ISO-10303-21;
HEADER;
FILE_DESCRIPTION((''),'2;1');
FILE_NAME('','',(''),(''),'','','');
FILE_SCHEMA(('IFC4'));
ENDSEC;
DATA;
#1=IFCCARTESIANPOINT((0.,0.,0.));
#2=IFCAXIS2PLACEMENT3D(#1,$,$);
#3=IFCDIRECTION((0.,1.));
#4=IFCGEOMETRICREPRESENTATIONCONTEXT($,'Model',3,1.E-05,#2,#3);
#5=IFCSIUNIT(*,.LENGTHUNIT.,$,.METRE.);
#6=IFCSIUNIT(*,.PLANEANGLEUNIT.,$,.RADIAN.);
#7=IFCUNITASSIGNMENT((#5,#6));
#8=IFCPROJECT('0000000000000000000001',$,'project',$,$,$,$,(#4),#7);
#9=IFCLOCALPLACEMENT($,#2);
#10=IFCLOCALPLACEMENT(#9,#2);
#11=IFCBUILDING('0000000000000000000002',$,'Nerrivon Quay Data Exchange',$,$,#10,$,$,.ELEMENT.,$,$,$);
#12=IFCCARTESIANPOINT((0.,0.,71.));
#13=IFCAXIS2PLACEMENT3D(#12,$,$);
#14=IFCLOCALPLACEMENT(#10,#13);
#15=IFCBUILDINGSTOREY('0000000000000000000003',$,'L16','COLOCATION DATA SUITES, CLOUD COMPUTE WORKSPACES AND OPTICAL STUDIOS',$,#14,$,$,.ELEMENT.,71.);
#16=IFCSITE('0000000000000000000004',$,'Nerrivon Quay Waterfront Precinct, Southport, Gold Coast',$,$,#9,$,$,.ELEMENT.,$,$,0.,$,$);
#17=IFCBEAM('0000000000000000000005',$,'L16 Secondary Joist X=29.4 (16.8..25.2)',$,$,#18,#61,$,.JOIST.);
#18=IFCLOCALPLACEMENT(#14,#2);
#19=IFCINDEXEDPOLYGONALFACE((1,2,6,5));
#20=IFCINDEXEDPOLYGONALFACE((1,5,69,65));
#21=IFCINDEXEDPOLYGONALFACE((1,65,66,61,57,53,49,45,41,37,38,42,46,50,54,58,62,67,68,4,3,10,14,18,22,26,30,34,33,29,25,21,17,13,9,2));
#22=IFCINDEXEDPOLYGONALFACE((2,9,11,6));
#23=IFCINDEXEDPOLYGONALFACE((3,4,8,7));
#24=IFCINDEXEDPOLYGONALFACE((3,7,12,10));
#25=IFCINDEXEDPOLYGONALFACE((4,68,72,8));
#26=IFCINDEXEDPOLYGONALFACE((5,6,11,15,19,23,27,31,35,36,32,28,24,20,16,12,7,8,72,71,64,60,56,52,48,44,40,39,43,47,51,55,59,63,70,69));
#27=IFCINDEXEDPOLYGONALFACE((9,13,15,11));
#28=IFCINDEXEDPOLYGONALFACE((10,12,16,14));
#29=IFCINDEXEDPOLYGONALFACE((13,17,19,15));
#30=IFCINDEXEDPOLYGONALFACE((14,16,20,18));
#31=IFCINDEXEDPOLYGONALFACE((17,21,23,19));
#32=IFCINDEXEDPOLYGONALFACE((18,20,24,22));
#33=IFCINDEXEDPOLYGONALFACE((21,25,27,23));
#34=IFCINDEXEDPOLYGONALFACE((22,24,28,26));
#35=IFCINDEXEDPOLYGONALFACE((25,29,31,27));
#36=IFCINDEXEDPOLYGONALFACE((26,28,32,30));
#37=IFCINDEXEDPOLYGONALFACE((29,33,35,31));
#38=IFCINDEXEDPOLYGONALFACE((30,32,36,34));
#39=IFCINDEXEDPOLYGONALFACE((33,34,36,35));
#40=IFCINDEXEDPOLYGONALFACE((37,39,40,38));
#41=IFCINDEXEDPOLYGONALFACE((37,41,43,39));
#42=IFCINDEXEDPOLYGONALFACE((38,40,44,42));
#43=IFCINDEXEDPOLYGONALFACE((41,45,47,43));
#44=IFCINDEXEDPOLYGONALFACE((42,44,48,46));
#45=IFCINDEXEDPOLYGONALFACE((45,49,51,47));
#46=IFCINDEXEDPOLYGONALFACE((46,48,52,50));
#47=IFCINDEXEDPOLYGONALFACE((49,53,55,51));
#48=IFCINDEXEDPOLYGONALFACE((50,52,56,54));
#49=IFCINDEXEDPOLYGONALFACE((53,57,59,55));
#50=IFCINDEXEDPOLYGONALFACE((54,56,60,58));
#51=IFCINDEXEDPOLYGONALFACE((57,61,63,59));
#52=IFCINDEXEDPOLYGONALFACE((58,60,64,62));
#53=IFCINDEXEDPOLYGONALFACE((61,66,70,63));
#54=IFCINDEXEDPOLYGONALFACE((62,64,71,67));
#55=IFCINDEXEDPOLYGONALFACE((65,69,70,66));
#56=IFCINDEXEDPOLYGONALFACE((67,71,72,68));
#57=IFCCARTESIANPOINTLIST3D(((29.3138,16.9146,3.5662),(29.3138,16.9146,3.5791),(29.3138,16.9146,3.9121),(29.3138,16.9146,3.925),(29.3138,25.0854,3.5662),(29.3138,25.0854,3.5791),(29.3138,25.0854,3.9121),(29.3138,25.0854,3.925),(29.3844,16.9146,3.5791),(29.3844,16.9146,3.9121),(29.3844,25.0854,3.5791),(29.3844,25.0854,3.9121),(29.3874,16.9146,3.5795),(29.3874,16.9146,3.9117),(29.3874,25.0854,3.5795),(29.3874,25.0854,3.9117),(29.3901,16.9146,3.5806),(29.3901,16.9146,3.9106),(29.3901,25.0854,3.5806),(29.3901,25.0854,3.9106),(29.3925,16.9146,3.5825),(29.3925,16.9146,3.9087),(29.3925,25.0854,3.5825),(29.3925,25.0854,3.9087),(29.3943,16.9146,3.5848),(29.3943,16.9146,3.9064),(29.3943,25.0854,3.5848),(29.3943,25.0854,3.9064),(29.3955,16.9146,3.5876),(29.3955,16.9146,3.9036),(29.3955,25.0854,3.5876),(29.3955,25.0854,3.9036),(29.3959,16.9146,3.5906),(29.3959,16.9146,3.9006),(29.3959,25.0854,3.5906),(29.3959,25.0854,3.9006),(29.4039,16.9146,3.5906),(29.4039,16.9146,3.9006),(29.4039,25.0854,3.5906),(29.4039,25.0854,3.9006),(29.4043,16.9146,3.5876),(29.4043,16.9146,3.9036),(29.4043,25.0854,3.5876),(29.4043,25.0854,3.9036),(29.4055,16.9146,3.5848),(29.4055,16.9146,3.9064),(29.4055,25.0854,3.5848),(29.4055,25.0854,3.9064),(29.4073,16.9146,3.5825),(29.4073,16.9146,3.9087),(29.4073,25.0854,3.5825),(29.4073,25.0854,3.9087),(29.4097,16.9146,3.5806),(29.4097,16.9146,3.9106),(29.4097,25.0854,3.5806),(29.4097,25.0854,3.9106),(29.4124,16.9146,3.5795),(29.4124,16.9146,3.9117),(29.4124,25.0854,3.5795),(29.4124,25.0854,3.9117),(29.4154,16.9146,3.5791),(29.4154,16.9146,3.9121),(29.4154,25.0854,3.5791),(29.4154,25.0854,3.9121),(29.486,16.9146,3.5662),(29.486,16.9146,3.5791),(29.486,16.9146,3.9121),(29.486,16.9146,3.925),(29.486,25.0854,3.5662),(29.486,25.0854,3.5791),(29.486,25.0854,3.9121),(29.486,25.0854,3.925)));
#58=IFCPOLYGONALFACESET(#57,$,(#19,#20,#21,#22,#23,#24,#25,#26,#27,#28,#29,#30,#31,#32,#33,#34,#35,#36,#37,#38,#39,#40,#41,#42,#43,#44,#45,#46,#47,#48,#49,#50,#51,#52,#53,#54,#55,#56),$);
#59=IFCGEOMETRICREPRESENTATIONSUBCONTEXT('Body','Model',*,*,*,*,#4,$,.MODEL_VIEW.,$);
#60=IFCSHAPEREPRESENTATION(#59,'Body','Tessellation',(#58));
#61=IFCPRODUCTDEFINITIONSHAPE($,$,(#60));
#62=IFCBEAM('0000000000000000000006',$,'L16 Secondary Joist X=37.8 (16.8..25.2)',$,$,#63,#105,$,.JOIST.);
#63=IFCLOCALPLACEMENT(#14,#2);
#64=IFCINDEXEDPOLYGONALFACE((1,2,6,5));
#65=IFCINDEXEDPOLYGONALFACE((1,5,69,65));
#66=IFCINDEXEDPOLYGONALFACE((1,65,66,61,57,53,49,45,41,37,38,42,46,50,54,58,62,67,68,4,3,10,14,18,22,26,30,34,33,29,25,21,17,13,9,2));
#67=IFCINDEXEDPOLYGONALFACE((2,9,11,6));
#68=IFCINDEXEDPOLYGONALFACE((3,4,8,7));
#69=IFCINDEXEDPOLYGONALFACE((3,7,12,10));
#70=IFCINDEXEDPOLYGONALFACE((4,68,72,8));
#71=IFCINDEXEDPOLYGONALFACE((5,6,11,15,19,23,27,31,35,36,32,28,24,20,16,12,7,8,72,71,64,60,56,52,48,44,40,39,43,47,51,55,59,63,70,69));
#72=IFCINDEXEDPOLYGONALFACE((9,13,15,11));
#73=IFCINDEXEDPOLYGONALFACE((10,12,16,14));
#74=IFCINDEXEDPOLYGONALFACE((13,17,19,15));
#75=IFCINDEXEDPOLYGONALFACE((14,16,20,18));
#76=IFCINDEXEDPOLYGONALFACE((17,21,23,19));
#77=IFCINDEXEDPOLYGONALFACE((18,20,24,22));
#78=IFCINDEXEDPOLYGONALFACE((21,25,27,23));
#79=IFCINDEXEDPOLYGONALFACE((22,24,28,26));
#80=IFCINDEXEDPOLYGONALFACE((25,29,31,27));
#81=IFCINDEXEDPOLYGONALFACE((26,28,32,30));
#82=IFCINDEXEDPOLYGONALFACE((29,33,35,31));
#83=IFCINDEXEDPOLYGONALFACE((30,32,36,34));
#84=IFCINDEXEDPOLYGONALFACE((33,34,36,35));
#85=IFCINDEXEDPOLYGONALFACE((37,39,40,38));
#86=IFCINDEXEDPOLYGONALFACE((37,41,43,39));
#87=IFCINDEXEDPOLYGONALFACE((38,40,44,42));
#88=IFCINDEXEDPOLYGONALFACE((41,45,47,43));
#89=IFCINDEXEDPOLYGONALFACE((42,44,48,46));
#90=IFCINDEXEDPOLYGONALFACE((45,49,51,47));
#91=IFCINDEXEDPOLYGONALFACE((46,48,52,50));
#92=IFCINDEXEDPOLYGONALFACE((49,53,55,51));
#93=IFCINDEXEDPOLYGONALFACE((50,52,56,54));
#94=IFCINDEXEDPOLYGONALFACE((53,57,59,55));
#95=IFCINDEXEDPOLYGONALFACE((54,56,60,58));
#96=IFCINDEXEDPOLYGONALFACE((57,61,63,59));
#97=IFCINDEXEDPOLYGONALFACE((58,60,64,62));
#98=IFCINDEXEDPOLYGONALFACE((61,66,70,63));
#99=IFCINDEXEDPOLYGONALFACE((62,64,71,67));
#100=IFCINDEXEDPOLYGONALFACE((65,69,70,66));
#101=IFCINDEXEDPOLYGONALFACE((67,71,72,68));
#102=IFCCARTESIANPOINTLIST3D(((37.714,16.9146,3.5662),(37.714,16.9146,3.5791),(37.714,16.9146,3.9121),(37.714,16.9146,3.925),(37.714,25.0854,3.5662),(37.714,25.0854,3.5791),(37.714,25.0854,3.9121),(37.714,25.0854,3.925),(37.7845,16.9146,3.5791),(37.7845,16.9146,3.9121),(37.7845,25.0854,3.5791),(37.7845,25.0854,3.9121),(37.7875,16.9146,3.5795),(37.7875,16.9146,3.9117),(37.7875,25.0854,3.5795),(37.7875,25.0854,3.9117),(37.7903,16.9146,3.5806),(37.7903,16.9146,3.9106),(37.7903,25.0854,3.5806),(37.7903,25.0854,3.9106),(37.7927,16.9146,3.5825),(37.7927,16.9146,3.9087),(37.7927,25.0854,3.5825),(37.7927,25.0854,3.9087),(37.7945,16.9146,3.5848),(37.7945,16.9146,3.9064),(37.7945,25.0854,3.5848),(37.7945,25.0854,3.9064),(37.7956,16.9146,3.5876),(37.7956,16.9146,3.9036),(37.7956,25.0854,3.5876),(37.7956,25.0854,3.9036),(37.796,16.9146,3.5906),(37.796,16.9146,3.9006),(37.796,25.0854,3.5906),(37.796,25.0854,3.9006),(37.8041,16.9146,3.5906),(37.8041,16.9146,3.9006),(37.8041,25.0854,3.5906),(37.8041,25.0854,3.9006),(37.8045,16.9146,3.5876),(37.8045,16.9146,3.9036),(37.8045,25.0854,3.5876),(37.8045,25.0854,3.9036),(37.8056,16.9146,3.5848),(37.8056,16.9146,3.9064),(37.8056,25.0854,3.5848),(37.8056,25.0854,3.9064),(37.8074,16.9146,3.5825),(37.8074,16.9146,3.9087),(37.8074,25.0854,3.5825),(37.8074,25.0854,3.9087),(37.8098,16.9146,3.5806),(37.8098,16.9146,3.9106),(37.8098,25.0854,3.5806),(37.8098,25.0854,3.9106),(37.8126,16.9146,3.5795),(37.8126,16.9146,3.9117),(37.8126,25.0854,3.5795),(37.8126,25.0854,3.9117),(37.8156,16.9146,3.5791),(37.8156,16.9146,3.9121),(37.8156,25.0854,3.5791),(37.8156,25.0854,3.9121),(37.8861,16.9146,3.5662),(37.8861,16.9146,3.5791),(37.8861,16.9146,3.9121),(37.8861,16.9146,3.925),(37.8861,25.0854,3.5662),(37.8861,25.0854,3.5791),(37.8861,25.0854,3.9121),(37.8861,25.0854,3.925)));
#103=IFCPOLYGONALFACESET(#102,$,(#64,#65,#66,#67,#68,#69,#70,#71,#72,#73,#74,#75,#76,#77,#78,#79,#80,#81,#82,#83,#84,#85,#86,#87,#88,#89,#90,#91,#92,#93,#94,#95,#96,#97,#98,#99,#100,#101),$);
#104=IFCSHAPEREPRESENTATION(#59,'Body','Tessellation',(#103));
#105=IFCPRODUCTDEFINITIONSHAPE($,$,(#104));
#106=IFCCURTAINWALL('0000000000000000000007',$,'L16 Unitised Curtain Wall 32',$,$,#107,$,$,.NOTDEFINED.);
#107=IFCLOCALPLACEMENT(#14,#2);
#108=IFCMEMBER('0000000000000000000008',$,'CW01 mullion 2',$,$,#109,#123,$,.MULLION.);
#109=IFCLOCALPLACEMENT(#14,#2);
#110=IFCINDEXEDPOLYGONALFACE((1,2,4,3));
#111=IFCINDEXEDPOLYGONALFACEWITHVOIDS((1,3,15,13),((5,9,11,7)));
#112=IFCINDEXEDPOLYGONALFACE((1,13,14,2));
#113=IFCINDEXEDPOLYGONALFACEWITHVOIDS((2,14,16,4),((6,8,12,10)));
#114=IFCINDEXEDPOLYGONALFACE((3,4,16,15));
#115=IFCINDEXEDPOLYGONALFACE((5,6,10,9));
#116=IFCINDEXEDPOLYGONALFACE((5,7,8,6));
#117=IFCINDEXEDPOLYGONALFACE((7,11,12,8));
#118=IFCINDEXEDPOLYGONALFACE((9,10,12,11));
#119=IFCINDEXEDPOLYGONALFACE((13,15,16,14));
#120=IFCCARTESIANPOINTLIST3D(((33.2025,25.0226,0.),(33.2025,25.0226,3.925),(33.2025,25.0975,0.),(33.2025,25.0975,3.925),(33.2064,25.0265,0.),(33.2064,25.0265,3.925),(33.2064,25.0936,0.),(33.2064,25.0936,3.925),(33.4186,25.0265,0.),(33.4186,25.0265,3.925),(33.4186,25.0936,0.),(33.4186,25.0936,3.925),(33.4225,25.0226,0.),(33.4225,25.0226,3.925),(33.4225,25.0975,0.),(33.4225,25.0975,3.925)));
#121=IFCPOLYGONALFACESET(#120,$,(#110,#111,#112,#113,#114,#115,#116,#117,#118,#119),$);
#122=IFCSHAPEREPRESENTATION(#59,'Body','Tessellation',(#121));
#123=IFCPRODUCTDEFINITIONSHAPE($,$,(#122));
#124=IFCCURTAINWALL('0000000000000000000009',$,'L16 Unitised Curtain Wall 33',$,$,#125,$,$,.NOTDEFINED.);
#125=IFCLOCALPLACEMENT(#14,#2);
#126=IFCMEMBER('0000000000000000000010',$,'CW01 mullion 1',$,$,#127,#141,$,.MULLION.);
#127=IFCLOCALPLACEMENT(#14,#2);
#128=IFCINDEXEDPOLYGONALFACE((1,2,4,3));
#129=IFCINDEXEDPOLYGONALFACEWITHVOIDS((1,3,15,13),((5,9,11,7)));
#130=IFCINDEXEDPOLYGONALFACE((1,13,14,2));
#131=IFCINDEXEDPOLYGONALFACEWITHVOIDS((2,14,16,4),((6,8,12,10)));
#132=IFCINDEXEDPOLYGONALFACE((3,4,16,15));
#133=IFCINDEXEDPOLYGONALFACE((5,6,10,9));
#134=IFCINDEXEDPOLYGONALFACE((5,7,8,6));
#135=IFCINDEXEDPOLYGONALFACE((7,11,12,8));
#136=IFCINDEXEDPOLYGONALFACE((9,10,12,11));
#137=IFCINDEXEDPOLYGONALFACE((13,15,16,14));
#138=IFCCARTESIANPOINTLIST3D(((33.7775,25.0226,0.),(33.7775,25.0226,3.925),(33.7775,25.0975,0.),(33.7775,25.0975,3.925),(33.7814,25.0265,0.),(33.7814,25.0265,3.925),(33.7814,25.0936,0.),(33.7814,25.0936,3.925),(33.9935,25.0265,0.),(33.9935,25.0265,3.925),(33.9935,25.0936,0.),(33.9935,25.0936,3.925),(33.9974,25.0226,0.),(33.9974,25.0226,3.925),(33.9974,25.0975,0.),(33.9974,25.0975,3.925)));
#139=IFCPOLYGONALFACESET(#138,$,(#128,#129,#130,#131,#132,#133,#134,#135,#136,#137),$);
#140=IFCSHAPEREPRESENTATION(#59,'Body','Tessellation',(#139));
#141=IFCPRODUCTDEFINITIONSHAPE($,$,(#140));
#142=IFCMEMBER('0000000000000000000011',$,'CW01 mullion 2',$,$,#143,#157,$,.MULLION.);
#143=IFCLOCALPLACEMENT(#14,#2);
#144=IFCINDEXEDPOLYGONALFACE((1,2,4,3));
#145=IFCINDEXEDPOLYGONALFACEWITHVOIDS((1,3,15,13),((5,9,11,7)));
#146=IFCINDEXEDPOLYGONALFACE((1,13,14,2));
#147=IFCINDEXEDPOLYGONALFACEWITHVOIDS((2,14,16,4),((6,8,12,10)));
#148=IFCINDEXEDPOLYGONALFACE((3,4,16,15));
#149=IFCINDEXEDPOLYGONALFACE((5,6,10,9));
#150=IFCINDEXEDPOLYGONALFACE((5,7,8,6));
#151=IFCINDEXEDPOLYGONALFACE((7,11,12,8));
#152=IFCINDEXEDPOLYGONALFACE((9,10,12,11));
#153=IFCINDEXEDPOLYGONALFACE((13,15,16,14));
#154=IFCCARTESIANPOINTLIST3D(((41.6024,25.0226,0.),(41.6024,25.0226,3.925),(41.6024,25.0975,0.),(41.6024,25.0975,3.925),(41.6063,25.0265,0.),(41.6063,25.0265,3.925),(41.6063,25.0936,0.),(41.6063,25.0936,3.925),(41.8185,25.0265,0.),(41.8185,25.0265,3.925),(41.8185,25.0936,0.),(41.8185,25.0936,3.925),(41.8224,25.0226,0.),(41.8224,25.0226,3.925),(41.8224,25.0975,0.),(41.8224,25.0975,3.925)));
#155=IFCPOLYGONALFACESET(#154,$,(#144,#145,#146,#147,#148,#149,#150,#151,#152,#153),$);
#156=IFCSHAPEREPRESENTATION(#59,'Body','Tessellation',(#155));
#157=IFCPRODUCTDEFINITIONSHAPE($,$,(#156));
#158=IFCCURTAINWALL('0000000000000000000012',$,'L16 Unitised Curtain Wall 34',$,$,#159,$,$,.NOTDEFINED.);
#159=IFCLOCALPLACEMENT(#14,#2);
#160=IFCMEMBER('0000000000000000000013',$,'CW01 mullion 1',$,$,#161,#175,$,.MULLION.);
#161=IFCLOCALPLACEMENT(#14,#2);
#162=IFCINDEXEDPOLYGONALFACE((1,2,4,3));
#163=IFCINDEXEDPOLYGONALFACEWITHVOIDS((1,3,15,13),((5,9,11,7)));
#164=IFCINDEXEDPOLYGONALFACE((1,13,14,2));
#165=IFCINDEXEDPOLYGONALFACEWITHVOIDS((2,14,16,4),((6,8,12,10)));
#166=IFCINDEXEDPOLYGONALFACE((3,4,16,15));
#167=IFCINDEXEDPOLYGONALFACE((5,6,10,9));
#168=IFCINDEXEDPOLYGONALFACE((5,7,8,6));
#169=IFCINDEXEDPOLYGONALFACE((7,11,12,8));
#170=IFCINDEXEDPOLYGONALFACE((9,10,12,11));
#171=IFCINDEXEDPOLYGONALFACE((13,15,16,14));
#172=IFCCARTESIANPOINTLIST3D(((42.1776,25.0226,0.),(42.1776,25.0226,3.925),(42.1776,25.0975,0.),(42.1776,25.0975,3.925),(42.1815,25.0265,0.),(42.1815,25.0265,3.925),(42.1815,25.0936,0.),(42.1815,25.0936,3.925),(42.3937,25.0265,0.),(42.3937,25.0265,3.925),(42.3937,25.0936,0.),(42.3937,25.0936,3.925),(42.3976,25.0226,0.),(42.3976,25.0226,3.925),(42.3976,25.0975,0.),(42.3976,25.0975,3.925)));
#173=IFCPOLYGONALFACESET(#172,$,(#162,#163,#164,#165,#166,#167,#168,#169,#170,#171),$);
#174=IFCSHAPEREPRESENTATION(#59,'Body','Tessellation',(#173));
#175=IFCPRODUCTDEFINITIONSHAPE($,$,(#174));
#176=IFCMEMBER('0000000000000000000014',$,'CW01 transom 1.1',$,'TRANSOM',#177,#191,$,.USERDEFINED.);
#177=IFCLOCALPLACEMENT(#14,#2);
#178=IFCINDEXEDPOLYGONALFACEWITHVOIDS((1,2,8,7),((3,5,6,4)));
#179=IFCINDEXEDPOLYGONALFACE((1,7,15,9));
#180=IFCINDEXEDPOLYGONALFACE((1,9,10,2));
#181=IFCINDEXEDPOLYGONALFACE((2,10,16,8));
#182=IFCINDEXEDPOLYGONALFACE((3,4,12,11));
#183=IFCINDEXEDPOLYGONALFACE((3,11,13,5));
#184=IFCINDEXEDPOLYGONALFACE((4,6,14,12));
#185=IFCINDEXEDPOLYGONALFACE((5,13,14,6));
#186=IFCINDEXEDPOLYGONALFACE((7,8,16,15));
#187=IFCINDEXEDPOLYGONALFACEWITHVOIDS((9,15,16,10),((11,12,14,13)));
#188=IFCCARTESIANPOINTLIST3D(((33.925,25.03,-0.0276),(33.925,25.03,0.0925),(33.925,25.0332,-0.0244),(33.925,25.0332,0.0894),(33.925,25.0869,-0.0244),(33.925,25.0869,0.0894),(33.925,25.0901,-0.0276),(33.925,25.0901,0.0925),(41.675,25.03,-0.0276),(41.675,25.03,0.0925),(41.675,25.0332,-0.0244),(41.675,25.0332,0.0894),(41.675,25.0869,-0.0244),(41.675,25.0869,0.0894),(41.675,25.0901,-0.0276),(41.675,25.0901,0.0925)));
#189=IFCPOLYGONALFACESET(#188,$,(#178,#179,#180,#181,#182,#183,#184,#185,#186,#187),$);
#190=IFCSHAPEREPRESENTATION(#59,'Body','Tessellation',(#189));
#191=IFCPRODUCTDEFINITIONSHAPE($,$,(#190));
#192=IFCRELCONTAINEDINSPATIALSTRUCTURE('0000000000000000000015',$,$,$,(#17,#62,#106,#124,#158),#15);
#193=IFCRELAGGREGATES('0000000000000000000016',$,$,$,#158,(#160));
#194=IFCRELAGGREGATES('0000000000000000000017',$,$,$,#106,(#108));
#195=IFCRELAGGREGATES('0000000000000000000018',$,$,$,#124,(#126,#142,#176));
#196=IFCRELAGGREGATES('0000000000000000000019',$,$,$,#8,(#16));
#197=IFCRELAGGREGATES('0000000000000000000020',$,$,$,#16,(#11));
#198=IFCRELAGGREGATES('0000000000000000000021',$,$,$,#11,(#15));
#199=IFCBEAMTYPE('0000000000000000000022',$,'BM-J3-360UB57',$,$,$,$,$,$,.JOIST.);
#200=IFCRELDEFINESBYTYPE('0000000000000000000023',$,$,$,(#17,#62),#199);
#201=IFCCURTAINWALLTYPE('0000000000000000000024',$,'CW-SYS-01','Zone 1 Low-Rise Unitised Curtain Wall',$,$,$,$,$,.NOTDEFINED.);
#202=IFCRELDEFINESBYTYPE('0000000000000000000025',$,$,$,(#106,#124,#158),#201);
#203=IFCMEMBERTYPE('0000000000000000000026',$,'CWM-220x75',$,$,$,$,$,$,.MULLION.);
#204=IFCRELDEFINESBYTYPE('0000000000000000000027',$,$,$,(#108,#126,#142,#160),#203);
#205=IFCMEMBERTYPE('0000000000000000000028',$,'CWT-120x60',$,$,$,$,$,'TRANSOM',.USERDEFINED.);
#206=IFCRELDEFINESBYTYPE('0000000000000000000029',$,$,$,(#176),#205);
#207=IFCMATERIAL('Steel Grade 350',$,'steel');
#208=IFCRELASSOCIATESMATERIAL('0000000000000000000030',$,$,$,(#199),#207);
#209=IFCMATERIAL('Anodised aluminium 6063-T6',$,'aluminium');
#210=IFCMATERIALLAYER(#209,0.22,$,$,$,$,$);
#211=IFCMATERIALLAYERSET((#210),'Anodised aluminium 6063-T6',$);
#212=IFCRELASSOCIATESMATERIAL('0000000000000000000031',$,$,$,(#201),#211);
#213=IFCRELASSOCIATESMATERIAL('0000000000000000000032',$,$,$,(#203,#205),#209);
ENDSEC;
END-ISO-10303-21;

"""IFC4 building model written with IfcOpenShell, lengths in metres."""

from ifc_helpers import new_model, si_unit, direction, frame, origin, origin_2d, place, context, subcontext, project, spatial, hollow_rectangle, i_section, extrude, material, layer, layer_set, material_profile, profile_set, type_object, element, aggregate, save


model = new_model("IFC4")

# Units and contexts
model_context = context("Model", 3, precision=1e-05, world=origin(), true_north=direction((0.0, 1.0)))
body_context = subcontext(model_context, "Body", "Model", "MODEL_VIEW")
ifc_project = project(units=[si_unit("LENGTHUNIT", "METRE"), si_unit("PLANEANGLEUNIT", "RADIAN")], contexts=[model_context])

# Site, building, storey
site_placement = place(None, origin())
site = spatial("IfcSite", under=ifc_project, at=site_placement, Name="Nerrivon Quay Waterfront Precinct, Southport, Gold Coast", CompositionType="ELEMENT", RefElevation=0.0)
building_placement = place(site_placement, origin())
building = spatial("IfcBuilding", under=site, at=building_placement, Name="Nerrivon Quay Data Exchange", CompositionType="ELEMENT")
storey_placement = place(building_placement, frame((0.0, 0.0, 71.0)))
storey = spatial("IfcBuildingStorey", under=building, at=storey_placement, Name="L16", Description="COLOCATION DATA SUITES, CLOUD COMPUTE WORKSPACES AND OPTICAL STUDIOS", CompositionType="ELEMENT", Elevation=71.0)

# Shared definitions
ifc_material_1 = material(Name="Steel Grade 350", Category="steel")

# Beams
ifc_material_profile_1 = material_profile(ifc_material_1, i_section(OverallWidth=0.1721, OverallDepth=0.3589, WebThickness=0.0081, FlangeThickness=0.0129, FilletRadius=0.0115, at=origin_2d()), Name="360UB56.7")
ifc_profile_set_1 = profile_set([ifc_material_profile_1], Name="Steel Grade 350")
beam_type_1 = type_object("IfcBeamType", Name="BM-J3-360UB57", PredefinedType="JOIST", material=ifc_profile_set_1)
for number, where, z_axis, x_axis, name in (
    (1, (29.3999, 16.9146, 3.7456), (0.0, 1.0, 0.0), (-1.0, 0.0, 0.0), "L16 Secondary Joist X=29.4 (16.8..25.2)"),
    (2, (37.8, 16.9146, 3.7456), (0.0, 1.0, 0.0), (-1.0, 0.0, 0.0), "L16 Secondary Joist X=37.8 (16.8..25.2)"),
):
    element("IfcBeam", number, at=place(storey_placement, frame(where, z_axis=z_axis, x_axis=x_axis)), inside=storey, type_object=beam_type_1, Name=name, PredefinedType="JOIST", context=body_context, shape_type="SweptSolid", body=[
        extrude(i_section(OverallWidth=0.1721, OverallDepth=0.3589, WebThickness=0.0081, FlangeThickness=0.0129, FilletRadius=0.0115, at=origin_2d()), origin(), (0.0, 0.0, 1.0), 8.1709),
    ])

# Curtain wall, member
ifc_material_2 = material(Name="Anodised aluminium 6063-T6", Category="aluminium")
ifc_layer_1 = layer(ifc_material_2, 0.22)
ifc_layer_set_1 = layer_set([ifc_layer_1], Name="Anodised aluminium 6063-T6")
curtain_wall_type = type_object("IfcCurtainWallType", Name="CW-SYS-01", Description="Zone 1 Low-Rise Unitised Curtain Wall", PredefinedType="NOTDEFINED", material=ifc_layer_set_1)
curtain_wall_1_placement = place(storey_placement, origin())
curtain_wall_1 = element("IfcCurtainWall", 3, at=curtain_wall_1_placement, inside=storey, type_object=curtain_wall_type, Name="L16 Unitised Curtain Wall 32", PredefinedType="NOTDEFINED")
ifc_material_profile_2 = material_profile(ifc_material_2, hollow_rectangle(XDim=0.075, YDim=0.22, WallThickness=0.0039, at=origin_2d()), Name="ALU-MULL-220x75")
ifc_profile_set_2 = profile_set([ifc_material_profile_2], Name="Anodised aluminium 6063-T6")
member_type_1 = type_object("IfcMemberType", Name="CWM-220x75", PredefinedType="MULLION", material=ifc_profile_set_2)
member_1_placement = place(storey_placement, frame((33.3125, 25.0601, 0.0), z_axis=(0.0, 0.0, 1.0), x_axis=(0.0, 1.0, 0.0)))
member_1 = element("IfcMember", 4, at=member_1_placement, type_object=member_type_1, Name="CW01 mullion 2", PredefinedType="MULLION", context=body_context, shape_type="SweptSolid", body=[
    extrude(hollow_rectangle(XDim=0.075, YDim=0.22, WallThickness=0.0039, at=origin_2d()), origin(), (0.0, 0.0, 1.0), 3.925),
])

# Curtain wall, members
curtain_wall_2_placement = place(storey_placement, origin())
curtain_wall_2 = element("IfcCurtainWall", 5, at=curtain_wall_2_placement, inside=storey, type_object=curtain_wall_type, Name="L16 Unitised Curtain Wall 33", PredefinedType="NOTDEFINED")
member_2_placement = place(storey_placement, frame((33.8875, 25.0601, 0.0), z_axis=(0.0, 0.0, 1.0), x_axis=(0.0, 1.0, 0.0)))
member_2 = element("IfcMember", 6, at=member_2_placement, type_object=member_type_1, Name="CW01 mullion 1", PredefinedType="MULLION", context=body_context, shape_type="SweptSolid", body=[
    extrude(hollow_rectangle(XDim=0.075, YDim=0.22, WallThickness=0.0039, at=origin_2d()), origin(), (0.0, 0.0, 1.0), 3.925),
])
member_3_placement = place(storey_placement, frame((41.7124, 25.0601, 0.0), z_axis=(0.0, 0.0, 1.0), x_axis=(0.0, 1.0, 0.0)))
member_3 = element("IfcMember", 7, at=member_3_placement, type_object=member_type_1, Name="CW01 mullion 2", PredefinedType="MULLION", context=body_context, shape_type="SweptSolid", body=[
    extrude(hollow_rectangle(XDim=0.075, YDim=0.22, WallThickness=0.0039, at=origin_2d()), origin(), (0.0, 0.0, 1.0), 3.925),
])

# Curtain wall, member
curtain_wall_3_placement = place(storey_placement, origin())
curtain_wall_3 = element("IfcCurtainWall", 8, at=curtain_wall_3_placement, inside=storey, type_object=curtain_wall_type, Name="L16 Unitised Curtain Wall 34", PredefinedType="NOTDEFINED")
member_4_placement = place(storey_placement, frame((42.2876, 25.0601, 0.0), z_axis=(0.0, 0.0, 1.0), x_axis=(0.0, 1.0, 0.0)))
member_4 = element("IfcMember", 9, at=member_4_placement, type_object=member_type_1, Name="CW01 mullion 1", PredefinedType="MULLION", context=body_context, shape_type="SweptSolid", body=[
    extrude(hollow_rectangle(XDim=0.075, YDim=0.22, WallThickness=0.0039, at=origin_2d()), origin(), (0.0, 0.0, 1.0), 3.925),
])

# Member
ifc_material_profile_3 = material_profile(ifc_material_2, hollow_rectangle(XDim=0.0601, YDim=0.1201, WallThickness=0.0032, at=origin_2d()), Name="ALU-TRAN-120x60")
ifc_profile_set_3 = profile_set([ifc_material_profile_3], Name="Anodised aluminium 6063-T6")
member_type_2 = type_object("IfcMemberType", Name="CWT-120x60", ElementType="TRANSOM", PredefinedType="USERDEFINED", material=ifc_profile_set_3)
member_5_placement = place(storey_placement, frame((33.925, 25.0601, 0.0325), z_axis=(1.0, 0.0, 0.0), x_axis=(0.0, 1.0, 0.0)))
member_5 = element("IfcMember", 10, at=member_5_placement, type_object=member_type_2, Name="CW01 transom 1.1", ObjectType="TRANSOM", PredefinedType="USERDEFINED", context=body_context, shape_type="SweptSolid", body=[
    extrude(hollow_rectangle(XDim=0.0601, YDim=0.1201, WallThickness=0.0032, at=origin_2d()), origin(), (0.0, 0.0, 1.0), 7.75),
])
aggregate(curtain_wall_3, [member_4])

aggregate(curtain_wall_1, [member_1])
aggregate(curtain_wall_2, [member_2, member_3, member_5])

save(model, "model.ifc")
